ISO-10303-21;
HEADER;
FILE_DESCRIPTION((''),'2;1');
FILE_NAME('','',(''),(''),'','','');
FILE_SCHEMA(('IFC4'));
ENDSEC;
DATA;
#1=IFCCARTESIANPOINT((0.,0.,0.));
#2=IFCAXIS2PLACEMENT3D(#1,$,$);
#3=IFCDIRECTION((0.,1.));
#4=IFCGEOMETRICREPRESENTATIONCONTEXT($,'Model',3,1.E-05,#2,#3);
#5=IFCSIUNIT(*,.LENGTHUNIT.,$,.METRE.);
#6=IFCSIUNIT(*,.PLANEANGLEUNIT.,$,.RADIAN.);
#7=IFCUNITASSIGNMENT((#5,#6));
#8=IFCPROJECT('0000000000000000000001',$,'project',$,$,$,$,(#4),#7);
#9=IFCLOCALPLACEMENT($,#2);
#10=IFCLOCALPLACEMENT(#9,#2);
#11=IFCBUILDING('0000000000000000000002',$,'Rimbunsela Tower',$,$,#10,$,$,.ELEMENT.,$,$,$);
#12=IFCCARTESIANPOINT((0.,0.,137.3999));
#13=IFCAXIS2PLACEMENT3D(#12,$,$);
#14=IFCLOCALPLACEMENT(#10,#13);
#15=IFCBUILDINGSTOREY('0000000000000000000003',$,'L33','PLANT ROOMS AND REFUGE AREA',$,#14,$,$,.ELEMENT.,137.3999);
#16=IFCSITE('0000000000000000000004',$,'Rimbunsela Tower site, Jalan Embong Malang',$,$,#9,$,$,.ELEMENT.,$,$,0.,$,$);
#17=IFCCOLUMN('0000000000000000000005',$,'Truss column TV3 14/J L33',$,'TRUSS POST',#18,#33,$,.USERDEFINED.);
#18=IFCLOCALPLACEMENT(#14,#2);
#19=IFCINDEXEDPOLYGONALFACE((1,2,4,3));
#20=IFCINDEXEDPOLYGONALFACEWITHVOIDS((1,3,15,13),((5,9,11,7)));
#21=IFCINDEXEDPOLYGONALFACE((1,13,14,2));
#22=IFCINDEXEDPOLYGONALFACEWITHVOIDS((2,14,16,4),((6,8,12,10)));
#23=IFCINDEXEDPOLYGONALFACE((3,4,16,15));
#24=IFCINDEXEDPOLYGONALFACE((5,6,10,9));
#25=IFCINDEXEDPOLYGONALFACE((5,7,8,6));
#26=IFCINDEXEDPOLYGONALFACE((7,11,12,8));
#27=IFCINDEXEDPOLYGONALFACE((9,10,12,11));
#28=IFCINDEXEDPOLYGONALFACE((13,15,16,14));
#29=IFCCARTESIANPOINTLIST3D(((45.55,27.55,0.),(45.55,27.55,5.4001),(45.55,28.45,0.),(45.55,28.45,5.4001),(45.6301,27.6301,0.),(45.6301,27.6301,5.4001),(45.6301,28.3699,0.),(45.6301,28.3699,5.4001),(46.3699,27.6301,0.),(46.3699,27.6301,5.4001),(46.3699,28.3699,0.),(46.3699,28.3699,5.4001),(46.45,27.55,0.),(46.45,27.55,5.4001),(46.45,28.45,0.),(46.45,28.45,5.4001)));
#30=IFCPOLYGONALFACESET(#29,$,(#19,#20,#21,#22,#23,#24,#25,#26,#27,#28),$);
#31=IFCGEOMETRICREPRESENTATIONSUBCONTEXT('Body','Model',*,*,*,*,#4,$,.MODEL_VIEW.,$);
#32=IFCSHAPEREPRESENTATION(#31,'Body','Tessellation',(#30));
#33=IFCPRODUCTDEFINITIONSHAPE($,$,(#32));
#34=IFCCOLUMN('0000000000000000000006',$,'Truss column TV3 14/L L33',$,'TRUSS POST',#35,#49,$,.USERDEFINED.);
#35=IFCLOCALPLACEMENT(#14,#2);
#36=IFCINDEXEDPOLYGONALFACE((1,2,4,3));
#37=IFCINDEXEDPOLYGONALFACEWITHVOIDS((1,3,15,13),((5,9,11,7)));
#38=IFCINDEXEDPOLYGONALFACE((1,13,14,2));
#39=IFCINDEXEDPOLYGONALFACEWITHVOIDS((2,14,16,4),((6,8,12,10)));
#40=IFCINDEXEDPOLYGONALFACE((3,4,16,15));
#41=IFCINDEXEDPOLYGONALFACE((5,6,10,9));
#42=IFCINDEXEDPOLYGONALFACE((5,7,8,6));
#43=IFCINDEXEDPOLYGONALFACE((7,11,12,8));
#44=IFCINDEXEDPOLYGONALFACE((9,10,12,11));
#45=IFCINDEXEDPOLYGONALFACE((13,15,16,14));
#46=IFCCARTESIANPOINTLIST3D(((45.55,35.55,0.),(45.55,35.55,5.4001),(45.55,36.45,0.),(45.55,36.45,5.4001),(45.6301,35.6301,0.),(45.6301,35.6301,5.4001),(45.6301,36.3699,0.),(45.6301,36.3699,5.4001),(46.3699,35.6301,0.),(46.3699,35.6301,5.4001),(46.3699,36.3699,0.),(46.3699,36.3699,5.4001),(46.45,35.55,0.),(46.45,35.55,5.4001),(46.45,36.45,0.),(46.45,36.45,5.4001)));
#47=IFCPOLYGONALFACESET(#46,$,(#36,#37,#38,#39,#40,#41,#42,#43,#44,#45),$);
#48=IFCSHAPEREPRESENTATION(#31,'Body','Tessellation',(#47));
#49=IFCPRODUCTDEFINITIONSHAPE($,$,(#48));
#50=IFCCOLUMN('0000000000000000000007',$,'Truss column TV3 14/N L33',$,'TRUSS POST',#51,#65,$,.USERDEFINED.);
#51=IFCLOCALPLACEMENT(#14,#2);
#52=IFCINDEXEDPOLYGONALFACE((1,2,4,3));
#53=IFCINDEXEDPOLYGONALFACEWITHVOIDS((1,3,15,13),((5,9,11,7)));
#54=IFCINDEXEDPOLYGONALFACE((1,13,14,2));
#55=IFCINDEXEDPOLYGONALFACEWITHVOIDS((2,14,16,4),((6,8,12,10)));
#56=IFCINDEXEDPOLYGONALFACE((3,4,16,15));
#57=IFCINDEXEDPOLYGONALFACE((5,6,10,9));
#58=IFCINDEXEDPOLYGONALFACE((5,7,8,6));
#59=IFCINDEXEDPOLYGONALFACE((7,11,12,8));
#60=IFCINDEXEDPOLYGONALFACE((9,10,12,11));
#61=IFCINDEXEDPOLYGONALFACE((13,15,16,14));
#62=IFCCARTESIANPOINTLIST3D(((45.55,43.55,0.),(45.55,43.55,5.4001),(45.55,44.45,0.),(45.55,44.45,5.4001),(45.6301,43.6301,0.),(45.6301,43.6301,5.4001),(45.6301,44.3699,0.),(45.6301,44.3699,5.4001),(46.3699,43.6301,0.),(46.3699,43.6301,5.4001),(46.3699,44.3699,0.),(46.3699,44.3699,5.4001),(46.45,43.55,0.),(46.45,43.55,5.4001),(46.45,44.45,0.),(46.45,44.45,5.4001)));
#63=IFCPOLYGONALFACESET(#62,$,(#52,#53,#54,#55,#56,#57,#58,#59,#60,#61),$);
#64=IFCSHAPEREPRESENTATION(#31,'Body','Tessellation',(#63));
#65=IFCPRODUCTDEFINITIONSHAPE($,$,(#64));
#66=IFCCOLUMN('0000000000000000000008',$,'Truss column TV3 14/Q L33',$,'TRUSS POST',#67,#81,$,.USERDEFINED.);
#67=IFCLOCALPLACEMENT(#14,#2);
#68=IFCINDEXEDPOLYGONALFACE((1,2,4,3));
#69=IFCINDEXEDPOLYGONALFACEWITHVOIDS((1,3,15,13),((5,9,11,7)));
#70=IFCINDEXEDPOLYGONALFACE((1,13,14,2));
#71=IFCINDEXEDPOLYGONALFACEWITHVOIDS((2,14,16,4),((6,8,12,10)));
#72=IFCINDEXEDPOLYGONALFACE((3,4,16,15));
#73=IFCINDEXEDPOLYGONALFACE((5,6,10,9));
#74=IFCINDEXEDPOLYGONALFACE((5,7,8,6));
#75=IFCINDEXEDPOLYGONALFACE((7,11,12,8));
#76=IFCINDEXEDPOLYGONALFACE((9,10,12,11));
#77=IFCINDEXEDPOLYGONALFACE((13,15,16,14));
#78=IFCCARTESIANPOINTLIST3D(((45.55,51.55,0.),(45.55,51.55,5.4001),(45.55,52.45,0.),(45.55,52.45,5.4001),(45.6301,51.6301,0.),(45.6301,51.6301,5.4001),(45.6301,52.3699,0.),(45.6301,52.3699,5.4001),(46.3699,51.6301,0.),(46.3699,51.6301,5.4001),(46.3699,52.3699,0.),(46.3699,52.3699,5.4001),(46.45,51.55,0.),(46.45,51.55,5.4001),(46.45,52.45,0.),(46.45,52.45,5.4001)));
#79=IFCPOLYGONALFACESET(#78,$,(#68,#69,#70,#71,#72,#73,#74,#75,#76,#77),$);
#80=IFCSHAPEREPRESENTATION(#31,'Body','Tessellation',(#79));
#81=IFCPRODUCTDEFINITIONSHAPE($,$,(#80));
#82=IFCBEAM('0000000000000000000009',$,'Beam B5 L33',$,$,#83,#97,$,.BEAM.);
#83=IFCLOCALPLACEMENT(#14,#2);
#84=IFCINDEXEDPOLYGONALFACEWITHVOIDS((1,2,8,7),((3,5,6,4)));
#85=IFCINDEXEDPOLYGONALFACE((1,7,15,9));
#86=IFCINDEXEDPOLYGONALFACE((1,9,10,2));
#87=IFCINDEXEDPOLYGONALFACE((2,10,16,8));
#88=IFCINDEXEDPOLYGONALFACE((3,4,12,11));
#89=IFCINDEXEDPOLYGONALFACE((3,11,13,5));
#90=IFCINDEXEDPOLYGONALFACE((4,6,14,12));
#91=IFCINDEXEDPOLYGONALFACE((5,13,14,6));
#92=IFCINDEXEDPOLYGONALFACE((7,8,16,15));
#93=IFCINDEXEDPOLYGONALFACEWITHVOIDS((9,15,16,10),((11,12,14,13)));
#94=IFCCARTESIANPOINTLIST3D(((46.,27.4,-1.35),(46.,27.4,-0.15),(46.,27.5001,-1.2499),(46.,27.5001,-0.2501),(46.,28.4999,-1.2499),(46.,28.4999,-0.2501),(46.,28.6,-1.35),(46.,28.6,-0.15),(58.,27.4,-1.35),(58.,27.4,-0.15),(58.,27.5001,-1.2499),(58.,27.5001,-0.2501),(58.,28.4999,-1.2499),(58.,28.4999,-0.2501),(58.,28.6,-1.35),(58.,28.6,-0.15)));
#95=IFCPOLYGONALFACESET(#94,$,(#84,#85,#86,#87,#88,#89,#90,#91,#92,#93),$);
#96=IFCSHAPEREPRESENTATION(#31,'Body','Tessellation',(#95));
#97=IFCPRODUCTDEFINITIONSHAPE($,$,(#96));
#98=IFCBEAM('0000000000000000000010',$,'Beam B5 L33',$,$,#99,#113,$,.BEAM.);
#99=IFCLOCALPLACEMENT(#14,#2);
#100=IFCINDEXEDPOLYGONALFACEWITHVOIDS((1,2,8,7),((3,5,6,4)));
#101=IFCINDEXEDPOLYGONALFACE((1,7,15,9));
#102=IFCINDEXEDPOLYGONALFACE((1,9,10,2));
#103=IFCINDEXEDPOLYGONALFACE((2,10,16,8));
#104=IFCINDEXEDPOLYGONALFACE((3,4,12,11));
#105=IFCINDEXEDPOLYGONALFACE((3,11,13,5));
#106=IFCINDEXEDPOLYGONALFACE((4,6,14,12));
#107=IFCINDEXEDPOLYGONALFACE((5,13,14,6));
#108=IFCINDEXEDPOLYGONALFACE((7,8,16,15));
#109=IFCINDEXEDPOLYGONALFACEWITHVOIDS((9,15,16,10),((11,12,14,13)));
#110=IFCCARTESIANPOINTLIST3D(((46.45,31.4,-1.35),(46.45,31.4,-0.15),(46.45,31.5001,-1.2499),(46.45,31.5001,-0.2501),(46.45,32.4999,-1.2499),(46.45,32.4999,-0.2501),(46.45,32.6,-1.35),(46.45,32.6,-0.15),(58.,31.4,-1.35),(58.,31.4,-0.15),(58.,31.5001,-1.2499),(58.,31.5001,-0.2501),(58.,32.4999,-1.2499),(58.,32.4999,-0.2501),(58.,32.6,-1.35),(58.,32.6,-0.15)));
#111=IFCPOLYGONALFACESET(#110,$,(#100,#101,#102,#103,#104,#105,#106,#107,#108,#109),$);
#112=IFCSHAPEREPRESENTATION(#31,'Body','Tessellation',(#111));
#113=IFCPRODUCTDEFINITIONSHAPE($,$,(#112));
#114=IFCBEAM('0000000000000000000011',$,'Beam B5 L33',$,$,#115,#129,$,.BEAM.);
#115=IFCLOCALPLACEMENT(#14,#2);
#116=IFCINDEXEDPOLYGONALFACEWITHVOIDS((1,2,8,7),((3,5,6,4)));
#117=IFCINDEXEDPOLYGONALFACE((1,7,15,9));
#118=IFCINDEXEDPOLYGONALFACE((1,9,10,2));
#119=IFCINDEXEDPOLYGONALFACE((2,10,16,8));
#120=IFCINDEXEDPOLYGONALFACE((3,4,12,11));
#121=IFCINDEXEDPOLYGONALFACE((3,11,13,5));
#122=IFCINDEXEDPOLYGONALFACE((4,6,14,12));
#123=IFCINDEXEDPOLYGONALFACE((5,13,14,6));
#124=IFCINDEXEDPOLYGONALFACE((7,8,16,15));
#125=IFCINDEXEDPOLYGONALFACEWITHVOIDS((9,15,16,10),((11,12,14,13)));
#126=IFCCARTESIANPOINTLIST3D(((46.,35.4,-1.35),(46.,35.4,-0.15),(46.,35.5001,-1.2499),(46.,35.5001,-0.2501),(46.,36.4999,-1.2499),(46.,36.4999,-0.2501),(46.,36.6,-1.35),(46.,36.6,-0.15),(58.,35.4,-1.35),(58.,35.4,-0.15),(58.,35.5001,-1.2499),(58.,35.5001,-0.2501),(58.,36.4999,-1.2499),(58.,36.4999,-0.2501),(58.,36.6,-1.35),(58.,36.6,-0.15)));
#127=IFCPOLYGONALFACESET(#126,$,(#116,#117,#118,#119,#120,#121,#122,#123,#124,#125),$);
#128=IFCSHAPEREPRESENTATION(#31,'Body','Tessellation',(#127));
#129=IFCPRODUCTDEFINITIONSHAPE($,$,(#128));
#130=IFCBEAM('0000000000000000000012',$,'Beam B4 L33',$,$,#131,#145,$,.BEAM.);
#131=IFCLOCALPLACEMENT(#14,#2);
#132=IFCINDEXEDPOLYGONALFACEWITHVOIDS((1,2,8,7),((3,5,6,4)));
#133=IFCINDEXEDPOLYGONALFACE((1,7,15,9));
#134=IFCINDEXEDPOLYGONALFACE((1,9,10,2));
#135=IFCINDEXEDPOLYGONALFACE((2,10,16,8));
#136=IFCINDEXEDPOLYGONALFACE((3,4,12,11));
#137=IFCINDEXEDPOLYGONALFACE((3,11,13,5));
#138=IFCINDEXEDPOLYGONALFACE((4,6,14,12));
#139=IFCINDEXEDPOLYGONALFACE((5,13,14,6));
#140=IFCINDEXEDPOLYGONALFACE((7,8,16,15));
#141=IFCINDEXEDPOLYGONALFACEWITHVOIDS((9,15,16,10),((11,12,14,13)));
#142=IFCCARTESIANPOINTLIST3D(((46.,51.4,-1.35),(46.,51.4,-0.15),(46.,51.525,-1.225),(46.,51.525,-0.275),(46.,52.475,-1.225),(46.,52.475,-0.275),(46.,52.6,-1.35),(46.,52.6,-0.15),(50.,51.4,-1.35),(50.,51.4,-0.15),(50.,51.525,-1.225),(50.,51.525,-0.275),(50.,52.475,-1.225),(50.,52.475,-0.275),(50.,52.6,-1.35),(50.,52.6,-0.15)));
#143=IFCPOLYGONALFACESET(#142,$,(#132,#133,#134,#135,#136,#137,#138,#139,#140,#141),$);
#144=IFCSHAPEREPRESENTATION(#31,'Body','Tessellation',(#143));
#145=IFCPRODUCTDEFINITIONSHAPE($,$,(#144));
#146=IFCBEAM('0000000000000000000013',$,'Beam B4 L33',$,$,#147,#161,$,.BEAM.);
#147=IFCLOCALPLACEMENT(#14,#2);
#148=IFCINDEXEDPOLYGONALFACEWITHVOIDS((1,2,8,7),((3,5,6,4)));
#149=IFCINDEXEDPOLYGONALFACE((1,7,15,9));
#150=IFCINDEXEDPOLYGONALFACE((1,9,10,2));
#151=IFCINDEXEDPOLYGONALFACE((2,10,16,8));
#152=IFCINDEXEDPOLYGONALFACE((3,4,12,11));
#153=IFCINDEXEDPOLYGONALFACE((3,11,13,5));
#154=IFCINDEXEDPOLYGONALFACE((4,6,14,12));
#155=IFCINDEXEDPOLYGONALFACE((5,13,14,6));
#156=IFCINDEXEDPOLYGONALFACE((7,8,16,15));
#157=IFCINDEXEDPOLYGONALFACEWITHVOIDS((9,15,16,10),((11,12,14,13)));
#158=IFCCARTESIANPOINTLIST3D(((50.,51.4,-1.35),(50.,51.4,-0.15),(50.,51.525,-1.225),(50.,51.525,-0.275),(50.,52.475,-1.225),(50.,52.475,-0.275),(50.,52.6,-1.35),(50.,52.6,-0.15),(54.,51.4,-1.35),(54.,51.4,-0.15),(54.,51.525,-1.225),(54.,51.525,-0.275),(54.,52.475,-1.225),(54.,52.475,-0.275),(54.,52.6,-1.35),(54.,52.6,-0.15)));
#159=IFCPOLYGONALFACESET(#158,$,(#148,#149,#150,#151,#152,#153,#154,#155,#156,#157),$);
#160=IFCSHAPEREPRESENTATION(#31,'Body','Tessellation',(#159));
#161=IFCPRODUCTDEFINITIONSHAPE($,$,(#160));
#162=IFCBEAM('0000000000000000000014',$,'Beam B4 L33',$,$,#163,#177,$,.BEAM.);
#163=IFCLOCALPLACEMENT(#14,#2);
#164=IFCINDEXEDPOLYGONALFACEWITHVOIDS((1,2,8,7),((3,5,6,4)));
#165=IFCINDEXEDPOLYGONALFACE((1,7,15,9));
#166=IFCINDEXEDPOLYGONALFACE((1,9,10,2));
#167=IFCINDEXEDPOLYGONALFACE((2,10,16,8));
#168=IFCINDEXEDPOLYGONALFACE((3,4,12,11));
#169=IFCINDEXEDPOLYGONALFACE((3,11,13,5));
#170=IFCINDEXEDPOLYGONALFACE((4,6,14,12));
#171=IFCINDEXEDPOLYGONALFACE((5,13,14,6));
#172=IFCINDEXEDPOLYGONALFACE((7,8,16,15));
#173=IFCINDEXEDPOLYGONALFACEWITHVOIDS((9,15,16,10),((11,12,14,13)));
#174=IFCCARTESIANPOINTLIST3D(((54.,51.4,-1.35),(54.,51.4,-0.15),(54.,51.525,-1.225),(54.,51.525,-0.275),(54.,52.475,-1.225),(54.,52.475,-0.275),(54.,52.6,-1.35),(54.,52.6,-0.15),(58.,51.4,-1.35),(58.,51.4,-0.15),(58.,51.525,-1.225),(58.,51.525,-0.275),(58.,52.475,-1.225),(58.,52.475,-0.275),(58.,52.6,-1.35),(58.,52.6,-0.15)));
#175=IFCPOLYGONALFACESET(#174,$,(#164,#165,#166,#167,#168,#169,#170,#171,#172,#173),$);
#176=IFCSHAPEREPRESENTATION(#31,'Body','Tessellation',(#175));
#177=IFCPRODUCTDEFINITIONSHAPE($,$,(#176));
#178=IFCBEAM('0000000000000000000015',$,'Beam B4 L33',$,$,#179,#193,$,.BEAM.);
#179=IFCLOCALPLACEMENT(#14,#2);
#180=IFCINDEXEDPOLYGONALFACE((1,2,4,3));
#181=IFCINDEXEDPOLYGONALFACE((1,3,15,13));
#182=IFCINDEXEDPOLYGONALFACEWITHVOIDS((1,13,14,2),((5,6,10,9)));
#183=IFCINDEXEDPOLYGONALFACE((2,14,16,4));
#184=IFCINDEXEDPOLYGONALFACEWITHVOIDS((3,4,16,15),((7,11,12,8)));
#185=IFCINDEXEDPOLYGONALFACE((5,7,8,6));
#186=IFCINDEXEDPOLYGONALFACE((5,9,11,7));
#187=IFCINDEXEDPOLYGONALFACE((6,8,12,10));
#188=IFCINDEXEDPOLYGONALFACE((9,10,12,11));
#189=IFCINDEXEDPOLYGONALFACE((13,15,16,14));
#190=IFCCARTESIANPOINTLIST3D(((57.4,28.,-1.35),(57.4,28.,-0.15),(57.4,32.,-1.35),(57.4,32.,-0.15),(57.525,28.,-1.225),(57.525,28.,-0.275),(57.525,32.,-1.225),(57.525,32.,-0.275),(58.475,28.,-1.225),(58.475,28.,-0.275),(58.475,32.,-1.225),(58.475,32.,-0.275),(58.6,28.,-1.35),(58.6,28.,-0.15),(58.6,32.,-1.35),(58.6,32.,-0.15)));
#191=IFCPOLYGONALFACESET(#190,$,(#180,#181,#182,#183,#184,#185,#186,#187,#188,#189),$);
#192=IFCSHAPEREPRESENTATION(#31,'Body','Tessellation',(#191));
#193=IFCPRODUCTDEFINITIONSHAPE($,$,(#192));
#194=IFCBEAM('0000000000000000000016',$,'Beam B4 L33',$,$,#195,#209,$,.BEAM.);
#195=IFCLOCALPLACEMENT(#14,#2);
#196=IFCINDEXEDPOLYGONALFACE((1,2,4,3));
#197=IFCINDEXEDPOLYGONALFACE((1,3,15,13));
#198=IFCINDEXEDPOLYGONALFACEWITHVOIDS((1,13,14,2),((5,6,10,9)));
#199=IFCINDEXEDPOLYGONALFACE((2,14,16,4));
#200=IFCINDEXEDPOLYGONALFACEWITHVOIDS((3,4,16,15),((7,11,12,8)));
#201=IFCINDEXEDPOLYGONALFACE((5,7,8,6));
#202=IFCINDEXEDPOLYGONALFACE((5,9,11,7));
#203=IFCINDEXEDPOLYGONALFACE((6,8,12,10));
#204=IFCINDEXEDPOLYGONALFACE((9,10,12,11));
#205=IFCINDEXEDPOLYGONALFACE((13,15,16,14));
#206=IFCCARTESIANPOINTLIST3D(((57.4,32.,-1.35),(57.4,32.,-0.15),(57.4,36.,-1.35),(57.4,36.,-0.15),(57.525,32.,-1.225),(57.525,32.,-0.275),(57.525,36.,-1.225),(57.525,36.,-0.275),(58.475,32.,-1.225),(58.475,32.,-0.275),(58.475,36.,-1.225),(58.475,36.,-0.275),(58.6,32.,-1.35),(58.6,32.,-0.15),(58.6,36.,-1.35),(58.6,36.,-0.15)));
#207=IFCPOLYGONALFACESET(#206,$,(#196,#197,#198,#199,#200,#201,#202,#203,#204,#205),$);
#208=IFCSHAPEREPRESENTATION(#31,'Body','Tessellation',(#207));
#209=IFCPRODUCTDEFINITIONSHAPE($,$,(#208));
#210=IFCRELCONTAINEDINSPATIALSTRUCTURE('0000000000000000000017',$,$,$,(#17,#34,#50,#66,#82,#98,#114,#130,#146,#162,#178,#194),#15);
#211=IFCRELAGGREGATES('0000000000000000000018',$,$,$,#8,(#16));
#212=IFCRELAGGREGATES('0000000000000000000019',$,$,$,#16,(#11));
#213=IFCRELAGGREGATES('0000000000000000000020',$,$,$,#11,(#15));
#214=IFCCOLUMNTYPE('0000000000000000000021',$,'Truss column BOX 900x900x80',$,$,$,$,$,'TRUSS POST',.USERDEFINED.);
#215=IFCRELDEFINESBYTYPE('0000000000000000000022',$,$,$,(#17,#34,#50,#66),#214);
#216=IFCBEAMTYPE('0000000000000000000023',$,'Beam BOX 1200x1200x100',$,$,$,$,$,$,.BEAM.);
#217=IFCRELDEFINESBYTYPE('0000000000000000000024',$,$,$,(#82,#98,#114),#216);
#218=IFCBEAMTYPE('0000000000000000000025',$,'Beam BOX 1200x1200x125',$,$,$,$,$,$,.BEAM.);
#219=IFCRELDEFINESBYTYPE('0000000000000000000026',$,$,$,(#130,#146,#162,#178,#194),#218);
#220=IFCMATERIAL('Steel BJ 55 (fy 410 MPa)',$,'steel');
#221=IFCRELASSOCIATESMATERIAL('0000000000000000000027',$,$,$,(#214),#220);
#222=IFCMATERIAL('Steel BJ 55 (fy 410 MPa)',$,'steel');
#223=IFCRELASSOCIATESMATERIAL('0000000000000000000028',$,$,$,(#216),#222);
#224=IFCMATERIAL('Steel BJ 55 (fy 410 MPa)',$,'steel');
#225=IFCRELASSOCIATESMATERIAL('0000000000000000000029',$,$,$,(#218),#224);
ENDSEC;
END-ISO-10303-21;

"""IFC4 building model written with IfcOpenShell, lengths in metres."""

from ifc_helpers import new_model, si_unit, direction, frame, origin, origin_2d, place, context, subcontext, project, spatial, hollow_rectangle, extrude, material, material_profile, profile_set, type_object, element, save


model = new_model("IFC4")

# Units and contexts
model_context = context("Model", 3, precision=1e-05, world=origin(), true_north=direction((0.0, 1.0)))
body_context = subcontext(model_context, "Body", "Model", "MODEL_VIEW")
ifc_project = project(units=[si_unit("LENGTHUNIT", "METRE"), si_unit("PLANEANGLEUNIT", "RADIAN")], contexts=[model_context])

# Site, building, storey
site_placement = place(None, origin())
site = spatial("IfcSite", under=ifc_project, at=site_placement, Name="Rimbunsela Tower site, Jalan Embong Malang", CompositionType="ELEMENT", RefElevation=0.0)
building_placement = place(site_placement, origin())
building = spatial("IfcBuilding", under=site, at=building_placement, Name="Rimbunsela Tower", CompositionType="ELEMENT")
storey_placement = place(building_placement, frame((0.0, 0.0, 137.3999)))
storey = spatial("IfcBuildingStorey", under=building, at=storey_placement, Name="L33", Description="PLANT ROOMS AND REFUGE AREA", CompositionType="ELEMENT", Elevation=137.3999)

# Columns
ifc_material_1 = material(Name="Steel BJ 55 (fy 410 MPa)", Category="steel")
ifc_material_profile_1 = material_profile(ifc_material_1, hollow_rectangle(XDim=0.8999, YDim=0.8999, WallThickness=0.0801, at=origin_2d()), Name="BOX 900x900x80")
ifc_profile_set_1 = profile_set([ifc_material_profile_1], Name="Steel BJ 55 (fy 410 MPa)")
column_type = type_object("IfcColumnType", Name="Truss column BOX 900x900x80", ElementType="TRUSS POST", PredefinedType="USERDEFINED", material=ifc_profile_set_1)
for number, where, z_axis, x_axis, name in (
    (1, (46.0, 28.0, 0.0), (0.0, 0.0, 1.0), (1.0, 0.0, 0.0), "Truss column TV3 14/J L33"),
    (2, (46.0, 36.0, 0.0), (0.0, 0.0, 1.0), (1.0, 0.0, 0.0), "Truss column TV3 14/L L33"),
    (3, (46.0, 44.0, 0.0), (0.0, 0.0, 1.0), (1.0, 0.0, 0.0), "Truss column TV3 14/N L33"),
    (4, (46.0, 52.0, 0.0), (0.0, 0.0, 1.0), (1.0, 0.0, 0.0), "Truss column TV3 14/Q L33"),
):
    element("IfcColumn", number, at=place(storey_placement, frame(where, z_axis=z_axis, x_axis=x_axis)), inside=storey, type_object=column_type, Name=name, ObjectType="TRUSS POST", PredefinedType="USERDEFINED", context=body_context, shape_type="SweptSolid", body=[
        extrude(hollow_rectangle(XDim=0.8999, YDim=0.8999, WallThickness=0.0801, at=origin_2d()), origin(), (0.0, 0.0, 1.0), 5.4001),
    ])

# Beams
ifc_material_2 = material(Name="Steel BJ 55 (fy 410 MPa)", Category="steel")
ifc_material_profile_2 = material_profile(ifc_material_2, hollow_rectangle(XDim=1.2, YDim=1.2, WallThickness=0.1001, at=origin_2d()), Name="BOX 1200x1200x100")
ifc_profile_set_2 = profile_set([ifc_material_profile_2], Name="Steel BJ 55 (fy 410 MPa)")
beam_type_1 = type_object("IfcBeamType", Name="Beam BOX 1200x1200x100", PredefinedType="BEAM", material=ifc_profile_set_2)
beam_1_placement = place(storey_placement, frame((46.0, 28.0, -0.75), z_axis=(1.0, 0.0, 0.0), x_axis=(0.0, 1.0, 0.0)))
element("IfcBeam", 5, at=beam_1_placement, inside=storey, type_object=beam_type_1, Name="Beam B5 L33", PredefinedType="BEAM", context=body_context, shape_type="SweptSolid", body=[
    extrude(hollow_rectangle(XDim=1.2, YDim=1.2, WallThickness=0.1001, at=origin_2d()), origin(), (0.0, 0.0, 1.0), 12.0),
])
beam_2_placement = place(storey_placement, frame((46.45, 32.0, -0.75), z_axis=(1.0, 0.0, 0.0), x_axis=(0.0, 1.0, 0.0)))
element("IfcBeam", 6, at=beam_2_placement, inside=storey, type_object=beam_type_1, Name="Beam B5 L33", PredefinedType="BEAM", context=body_context, shape_type="SweptSolid", body=[
    extrude(hollow_rectangle(XDim=1.2, YDim=1.2, WallThickness=0.1001, at=origin_2d()), origin(), (0.0, 0.0, 1.0), 11.55),
])
beam_3_placement = place(storey_placement, frame((46.0, 36.0, -0.75), z_axis=(1.0, 0.0, 0.0), x_axis=(0.0, 1.0, 0.0)))
element("IfcBeam", 7, at=beam_3_placement, inside=storey, type_object=beam_type_1, Name="Beam B5 L33", PredefinedType="BEAM", context=body_context, shape_type="SweptSolid", body=[
    extrude(hollow_rectangle(XDim=1.2, YDim=1.2, WallThickness=0.1001, at=origin_2d()), origin(), (0.0, 0.0, 1.0), 12.0),
])
ifc_material_3 = material(Name="Steel BJ 55 (fy 410 MPa)", Category="steel")
ifc_material_profile_3 = material_profile(ifc_material_3, hollow_rectangle(XDim=1.2, YDim=1.2, WallThickness=0.125, at=origin_2d()), Name="BOX 1200x1200x125")
ifc_profile_set_3 = profile_set([ifc_material_profile_3], Name="Steel BJ 55 (fy 410 MPa)")
beam_type_2 = type_object("IfcBeamType", Name="Beam BOX 1200x1200x125", PredefinedType="BEAM", material=ifc_profile_set_3)
for number, where, z_axis, x_axis, name in (
    (8, (46.0, 52.0, -0.75), (1.0, 0.0, 0.0), (0.0, 1.0, 0.0), "Beam B4 L33"),
    (9, (50.0, 52.0, -0.75), (1.0, 0.0, 0.0), (0.0, 1.0, 0.0), "Beam B4 L33"),
    (10, (54.0, 52.0, -0.75), (1.0, 0.0, 0.0), (0.0, 1.0, 0.0), "Beam B4 L33"),
    (11, (58.0, 28.0, -0.75), (0.0, 1.0, 0.0), (-1.0, 0.0, 0.0), "Beam B4 L33"),
    (12, (58.0, 32.0, -0.75), (0.0, 1.0, 0.0), (-1.0, 0.0, 0.0), "Beam B4 L33"),
):
    element("IfcBeam", number, at=place(storey_placement, frame(where, z_axis=z_axis, x_axis=x_axis)), inside=storey, type_object=beam_type_2, Name=name, PredefinedType="BEAM", context=body_context, shape_type="SweptSolid", body=[
        extrude(hollow_rectangle(XDim=1.2, YDim=1.2, WallThickness=0.125, at=origin_2d()), origin(), (0.0, 0.0, 1.0), 4.0),
    ])

save(model, "model.ifc")
